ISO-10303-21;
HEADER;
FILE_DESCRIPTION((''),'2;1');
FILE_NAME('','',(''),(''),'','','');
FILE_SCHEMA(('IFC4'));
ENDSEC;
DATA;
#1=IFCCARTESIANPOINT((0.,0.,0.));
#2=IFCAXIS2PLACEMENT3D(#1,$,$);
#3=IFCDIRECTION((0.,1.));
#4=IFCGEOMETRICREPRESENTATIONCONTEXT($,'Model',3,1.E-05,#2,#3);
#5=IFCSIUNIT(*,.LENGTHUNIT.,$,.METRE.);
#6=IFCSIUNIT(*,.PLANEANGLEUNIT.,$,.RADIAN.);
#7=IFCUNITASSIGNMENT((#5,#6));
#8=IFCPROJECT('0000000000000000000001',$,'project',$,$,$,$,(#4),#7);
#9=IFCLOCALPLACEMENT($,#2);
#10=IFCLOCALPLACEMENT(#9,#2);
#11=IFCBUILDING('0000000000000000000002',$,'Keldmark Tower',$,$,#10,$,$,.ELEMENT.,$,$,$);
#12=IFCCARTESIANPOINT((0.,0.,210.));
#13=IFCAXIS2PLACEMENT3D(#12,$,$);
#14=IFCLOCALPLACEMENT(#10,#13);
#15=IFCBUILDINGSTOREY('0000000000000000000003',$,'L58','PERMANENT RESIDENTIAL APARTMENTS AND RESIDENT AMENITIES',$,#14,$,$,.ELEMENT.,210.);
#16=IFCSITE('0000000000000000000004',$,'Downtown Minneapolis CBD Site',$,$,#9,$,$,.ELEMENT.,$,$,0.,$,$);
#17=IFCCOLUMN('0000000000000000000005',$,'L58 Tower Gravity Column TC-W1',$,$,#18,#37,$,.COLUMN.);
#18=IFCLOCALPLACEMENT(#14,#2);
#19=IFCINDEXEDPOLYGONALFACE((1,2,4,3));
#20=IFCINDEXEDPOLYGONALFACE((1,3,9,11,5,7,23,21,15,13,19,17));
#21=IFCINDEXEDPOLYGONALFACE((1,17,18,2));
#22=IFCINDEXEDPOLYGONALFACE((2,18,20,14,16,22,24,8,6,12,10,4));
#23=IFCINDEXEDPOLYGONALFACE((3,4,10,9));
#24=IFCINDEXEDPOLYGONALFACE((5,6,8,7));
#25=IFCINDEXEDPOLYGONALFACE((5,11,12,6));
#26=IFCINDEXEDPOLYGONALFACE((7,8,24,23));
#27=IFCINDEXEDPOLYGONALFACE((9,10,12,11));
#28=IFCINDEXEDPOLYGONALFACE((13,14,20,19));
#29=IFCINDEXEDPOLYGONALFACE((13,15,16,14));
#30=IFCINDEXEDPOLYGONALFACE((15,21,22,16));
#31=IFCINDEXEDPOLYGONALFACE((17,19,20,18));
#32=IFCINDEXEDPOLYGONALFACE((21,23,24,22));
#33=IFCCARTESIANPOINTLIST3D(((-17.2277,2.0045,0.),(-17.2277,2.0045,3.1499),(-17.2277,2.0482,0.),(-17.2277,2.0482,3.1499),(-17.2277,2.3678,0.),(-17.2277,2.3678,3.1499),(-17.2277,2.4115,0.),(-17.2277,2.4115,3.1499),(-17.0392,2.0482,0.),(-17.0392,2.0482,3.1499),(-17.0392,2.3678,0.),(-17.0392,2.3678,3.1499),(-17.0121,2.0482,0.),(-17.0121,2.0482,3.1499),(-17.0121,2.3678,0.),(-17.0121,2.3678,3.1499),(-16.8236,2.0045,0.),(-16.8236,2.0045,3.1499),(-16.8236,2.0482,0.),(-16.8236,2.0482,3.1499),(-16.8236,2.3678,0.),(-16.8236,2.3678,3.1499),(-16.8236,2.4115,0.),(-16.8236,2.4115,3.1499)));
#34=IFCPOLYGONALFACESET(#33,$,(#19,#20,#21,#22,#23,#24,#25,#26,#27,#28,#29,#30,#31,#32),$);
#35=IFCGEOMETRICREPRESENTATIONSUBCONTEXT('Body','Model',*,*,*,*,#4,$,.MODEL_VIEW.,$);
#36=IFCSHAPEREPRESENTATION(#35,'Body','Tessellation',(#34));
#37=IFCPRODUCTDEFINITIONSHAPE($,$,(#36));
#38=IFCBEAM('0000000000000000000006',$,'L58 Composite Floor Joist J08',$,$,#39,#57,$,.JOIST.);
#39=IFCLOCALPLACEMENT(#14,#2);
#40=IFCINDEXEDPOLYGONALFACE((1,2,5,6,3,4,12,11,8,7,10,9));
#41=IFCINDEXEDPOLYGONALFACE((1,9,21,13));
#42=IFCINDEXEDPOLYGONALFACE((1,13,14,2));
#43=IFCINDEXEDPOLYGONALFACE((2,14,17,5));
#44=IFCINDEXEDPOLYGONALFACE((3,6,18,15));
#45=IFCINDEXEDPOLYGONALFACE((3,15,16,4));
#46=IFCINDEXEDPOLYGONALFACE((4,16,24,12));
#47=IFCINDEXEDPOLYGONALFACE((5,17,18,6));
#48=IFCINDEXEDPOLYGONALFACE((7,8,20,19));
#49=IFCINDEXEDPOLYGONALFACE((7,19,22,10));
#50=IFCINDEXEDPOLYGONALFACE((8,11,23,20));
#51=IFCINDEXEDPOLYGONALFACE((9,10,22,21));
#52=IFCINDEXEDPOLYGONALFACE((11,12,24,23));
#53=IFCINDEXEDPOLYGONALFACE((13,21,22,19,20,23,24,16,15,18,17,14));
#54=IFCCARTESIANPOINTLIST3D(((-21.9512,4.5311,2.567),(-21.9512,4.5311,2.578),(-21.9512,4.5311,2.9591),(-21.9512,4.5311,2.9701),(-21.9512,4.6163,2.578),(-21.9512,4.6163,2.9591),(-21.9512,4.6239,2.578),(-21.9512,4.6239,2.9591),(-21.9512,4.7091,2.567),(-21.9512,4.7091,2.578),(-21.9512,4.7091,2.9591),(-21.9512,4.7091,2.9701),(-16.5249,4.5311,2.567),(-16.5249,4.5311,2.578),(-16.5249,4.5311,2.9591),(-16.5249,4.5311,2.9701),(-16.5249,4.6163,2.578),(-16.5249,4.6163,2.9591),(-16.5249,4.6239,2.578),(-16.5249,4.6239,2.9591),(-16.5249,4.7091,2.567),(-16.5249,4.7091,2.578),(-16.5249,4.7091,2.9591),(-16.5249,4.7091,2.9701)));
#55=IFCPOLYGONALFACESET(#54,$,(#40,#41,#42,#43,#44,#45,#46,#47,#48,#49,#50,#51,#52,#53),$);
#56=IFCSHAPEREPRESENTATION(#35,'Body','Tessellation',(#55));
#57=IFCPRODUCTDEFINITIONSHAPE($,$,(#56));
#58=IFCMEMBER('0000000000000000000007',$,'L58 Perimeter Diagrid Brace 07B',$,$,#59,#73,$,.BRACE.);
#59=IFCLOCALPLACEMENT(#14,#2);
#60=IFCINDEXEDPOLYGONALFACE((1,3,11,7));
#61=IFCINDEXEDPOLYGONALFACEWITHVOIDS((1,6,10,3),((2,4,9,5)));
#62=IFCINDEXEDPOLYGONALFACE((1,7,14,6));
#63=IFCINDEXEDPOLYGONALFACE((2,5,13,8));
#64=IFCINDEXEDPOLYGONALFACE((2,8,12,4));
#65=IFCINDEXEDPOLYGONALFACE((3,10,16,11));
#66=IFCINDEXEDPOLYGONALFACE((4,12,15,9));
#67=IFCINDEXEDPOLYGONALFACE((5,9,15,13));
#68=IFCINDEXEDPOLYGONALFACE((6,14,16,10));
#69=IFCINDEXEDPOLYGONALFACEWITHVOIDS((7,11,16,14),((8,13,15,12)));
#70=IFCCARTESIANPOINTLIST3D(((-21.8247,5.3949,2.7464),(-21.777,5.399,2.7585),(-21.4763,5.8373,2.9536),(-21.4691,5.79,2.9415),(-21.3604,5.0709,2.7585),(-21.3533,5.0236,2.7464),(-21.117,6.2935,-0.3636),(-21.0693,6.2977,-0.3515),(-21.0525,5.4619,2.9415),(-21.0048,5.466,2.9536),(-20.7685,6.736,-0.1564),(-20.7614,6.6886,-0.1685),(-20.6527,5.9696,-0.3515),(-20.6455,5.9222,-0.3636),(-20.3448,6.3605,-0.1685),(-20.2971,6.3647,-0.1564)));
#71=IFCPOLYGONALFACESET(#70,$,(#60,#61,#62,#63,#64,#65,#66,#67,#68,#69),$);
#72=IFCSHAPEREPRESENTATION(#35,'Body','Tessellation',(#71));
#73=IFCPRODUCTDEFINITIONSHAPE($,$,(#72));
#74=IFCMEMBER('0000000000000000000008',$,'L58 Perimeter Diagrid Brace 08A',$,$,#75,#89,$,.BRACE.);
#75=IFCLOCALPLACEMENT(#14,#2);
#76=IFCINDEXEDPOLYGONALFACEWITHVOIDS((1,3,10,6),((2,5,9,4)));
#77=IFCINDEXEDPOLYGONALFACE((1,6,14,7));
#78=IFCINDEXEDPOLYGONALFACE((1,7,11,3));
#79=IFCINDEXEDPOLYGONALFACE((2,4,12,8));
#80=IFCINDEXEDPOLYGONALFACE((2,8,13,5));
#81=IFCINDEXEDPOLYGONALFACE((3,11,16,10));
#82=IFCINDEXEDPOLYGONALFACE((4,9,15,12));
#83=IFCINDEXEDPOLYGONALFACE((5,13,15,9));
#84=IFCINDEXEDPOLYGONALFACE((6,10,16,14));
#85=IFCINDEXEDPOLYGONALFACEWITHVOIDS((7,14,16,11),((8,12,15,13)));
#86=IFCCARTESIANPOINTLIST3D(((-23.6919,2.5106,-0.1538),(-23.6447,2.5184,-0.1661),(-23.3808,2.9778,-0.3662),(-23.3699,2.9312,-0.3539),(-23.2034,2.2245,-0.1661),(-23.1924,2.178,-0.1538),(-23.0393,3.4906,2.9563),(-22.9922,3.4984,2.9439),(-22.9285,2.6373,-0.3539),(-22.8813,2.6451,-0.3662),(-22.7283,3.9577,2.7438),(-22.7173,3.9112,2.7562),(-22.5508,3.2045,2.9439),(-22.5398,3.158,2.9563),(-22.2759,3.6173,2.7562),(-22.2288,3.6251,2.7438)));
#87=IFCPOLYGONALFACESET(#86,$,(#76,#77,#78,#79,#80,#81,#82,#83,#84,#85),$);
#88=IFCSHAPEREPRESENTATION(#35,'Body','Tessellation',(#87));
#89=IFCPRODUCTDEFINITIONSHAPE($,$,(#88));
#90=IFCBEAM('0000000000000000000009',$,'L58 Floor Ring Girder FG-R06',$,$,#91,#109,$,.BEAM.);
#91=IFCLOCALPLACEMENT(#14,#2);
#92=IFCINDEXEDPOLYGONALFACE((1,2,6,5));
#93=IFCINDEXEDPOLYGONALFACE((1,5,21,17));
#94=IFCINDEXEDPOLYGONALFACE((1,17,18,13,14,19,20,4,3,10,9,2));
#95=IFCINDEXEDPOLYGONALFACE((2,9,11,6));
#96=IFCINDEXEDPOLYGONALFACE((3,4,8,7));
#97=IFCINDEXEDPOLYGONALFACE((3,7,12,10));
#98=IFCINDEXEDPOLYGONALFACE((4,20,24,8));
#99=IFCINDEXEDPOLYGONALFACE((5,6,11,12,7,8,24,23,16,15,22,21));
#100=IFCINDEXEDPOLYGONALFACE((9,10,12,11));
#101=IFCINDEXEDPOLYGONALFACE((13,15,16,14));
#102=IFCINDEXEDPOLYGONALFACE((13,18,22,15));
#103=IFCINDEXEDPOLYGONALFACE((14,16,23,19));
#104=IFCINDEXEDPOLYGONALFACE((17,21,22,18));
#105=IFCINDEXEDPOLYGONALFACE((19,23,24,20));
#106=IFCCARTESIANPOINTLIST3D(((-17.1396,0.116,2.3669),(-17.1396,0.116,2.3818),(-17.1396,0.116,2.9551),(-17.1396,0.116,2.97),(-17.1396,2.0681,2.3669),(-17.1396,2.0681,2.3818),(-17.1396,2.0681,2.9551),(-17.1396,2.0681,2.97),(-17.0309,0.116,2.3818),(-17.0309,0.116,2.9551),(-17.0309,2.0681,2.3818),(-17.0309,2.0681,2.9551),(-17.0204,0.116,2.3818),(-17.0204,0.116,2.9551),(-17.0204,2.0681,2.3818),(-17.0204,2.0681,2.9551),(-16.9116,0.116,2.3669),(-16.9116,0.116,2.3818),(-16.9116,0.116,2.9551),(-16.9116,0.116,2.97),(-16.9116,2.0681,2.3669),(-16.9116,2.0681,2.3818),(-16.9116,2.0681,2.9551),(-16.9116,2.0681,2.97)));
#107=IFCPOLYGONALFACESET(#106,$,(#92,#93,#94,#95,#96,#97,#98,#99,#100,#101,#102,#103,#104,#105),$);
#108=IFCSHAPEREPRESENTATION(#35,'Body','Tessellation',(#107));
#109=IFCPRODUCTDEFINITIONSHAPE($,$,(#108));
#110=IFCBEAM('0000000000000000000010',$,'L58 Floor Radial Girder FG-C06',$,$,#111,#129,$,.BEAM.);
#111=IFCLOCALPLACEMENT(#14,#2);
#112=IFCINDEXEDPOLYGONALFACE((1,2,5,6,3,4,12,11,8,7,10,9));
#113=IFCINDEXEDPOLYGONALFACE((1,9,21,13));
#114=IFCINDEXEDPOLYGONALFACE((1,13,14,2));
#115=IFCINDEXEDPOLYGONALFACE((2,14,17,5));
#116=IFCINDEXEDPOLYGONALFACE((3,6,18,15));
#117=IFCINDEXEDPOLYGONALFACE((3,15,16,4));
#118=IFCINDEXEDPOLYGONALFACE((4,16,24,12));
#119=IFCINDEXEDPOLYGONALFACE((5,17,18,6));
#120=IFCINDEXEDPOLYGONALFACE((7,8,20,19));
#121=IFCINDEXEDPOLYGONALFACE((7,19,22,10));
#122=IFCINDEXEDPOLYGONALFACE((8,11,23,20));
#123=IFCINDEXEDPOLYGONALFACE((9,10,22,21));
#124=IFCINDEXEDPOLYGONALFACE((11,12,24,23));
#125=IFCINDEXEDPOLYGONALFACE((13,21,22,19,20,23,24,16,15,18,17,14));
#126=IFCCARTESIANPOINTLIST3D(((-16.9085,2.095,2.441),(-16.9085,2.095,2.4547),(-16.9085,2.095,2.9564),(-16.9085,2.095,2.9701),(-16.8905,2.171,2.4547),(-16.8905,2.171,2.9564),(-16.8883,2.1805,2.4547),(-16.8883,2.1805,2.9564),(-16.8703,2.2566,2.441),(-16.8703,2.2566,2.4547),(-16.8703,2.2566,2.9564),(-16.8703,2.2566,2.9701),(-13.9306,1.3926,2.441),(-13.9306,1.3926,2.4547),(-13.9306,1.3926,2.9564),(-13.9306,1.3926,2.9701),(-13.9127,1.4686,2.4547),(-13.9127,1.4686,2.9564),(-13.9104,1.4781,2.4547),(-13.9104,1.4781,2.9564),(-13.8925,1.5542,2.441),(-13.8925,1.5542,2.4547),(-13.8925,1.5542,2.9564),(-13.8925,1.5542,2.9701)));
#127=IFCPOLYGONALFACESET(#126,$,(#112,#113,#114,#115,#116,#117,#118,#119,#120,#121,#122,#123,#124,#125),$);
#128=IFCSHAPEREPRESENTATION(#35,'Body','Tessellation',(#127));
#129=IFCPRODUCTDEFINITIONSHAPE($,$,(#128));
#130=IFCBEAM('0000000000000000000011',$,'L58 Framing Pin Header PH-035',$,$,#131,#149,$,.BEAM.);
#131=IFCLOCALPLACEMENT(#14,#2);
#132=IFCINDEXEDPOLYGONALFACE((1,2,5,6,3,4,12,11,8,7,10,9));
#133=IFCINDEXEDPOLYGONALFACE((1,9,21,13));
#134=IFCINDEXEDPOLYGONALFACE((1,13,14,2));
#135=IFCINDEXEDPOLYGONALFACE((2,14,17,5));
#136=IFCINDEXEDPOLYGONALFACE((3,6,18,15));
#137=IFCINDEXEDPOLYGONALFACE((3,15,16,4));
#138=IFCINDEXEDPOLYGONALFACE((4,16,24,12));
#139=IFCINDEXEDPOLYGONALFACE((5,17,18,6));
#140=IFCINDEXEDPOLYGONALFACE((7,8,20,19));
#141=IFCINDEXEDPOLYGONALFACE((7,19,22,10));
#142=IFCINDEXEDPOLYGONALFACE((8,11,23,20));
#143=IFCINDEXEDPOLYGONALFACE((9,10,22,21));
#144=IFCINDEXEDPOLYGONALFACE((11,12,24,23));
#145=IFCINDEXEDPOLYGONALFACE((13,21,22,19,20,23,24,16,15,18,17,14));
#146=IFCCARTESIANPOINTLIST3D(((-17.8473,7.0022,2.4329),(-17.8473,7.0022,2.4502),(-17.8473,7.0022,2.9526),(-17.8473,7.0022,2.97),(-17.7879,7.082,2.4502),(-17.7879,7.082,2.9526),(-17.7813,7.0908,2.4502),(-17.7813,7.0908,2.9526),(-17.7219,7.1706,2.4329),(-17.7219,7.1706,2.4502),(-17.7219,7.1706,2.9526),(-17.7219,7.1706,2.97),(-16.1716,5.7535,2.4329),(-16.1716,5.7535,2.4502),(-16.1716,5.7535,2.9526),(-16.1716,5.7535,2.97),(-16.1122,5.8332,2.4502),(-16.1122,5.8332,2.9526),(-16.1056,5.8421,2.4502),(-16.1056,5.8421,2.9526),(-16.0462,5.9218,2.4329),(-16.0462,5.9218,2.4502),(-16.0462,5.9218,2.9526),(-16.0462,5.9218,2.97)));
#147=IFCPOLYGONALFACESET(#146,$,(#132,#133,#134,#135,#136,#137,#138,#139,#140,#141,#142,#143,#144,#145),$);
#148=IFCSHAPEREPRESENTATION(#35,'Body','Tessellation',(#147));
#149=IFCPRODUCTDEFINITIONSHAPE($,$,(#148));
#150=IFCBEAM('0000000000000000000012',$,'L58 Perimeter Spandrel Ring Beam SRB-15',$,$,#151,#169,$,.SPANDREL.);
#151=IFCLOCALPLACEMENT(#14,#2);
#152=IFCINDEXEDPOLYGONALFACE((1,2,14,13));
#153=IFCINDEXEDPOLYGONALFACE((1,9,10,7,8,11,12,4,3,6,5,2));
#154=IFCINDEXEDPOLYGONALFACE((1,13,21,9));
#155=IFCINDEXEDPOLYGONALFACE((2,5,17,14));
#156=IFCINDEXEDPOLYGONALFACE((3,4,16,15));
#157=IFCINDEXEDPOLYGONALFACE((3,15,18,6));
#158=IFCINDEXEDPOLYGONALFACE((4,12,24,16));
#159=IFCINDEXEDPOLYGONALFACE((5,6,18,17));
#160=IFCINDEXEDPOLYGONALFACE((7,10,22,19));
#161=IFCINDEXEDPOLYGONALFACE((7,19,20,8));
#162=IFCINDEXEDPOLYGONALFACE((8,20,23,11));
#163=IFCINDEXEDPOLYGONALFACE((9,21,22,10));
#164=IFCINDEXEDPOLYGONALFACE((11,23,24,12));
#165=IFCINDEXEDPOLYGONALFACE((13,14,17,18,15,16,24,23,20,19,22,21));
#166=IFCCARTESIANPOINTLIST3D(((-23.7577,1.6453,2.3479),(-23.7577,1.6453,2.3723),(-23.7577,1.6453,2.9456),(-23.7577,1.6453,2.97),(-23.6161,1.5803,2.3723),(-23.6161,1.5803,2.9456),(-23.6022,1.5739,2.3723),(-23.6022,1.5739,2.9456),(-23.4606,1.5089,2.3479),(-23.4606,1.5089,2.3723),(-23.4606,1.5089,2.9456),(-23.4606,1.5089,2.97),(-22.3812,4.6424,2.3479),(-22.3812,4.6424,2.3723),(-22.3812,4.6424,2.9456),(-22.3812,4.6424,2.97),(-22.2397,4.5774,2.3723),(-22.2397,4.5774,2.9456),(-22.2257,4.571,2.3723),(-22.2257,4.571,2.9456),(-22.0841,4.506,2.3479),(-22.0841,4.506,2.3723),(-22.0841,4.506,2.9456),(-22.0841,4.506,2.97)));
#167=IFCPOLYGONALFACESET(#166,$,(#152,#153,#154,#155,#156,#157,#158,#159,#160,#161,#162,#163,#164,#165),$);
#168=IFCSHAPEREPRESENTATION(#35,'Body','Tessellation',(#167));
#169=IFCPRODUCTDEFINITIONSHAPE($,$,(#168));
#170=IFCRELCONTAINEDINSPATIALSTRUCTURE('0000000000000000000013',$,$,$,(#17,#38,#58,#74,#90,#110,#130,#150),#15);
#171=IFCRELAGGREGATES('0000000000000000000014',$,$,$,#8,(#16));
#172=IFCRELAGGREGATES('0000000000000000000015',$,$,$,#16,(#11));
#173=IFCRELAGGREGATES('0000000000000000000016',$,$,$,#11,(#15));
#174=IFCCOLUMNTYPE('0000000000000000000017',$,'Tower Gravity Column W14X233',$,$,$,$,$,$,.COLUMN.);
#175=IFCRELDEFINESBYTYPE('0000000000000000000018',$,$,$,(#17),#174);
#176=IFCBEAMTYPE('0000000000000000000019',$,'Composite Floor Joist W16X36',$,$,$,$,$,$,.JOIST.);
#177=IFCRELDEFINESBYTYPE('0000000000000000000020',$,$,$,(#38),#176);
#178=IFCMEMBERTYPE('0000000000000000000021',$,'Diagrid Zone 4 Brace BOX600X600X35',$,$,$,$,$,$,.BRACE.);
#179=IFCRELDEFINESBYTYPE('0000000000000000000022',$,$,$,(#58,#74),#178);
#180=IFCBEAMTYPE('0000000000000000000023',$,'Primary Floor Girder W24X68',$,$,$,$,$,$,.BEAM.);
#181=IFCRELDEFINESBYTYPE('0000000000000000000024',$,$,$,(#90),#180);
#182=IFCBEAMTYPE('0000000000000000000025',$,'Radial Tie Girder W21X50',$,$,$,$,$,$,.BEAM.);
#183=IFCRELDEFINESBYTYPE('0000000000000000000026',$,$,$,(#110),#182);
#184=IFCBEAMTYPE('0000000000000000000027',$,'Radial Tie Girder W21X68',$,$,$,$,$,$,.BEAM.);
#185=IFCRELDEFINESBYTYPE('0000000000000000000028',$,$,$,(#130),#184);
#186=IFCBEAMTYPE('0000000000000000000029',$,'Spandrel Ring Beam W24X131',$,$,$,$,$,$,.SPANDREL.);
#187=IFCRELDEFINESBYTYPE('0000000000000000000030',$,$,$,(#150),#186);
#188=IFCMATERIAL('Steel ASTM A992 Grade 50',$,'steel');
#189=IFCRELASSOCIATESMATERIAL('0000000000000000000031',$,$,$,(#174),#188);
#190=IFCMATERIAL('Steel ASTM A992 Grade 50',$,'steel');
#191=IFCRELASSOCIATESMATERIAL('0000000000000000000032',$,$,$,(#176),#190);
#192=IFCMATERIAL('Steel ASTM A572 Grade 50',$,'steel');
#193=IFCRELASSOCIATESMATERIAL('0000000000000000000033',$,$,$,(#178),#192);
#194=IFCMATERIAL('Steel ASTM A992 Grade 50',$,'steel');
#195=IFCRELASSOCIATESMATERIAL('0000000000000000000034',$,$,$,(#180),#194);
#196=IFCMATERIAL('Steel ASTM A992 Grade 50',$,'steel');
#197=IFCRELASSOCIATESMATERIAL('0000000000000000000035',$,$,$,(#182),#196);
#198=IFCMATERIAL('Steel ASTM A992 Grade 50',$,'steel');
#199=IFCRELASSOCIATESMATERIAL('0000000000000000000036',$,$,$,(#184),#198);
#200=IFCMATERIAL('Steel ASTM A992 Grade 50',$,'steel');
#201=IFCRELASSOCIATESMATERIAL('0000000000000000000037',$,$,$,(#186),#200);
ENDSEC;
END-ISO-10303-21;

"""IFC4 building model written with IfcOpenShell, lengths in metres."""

from ifc_helpers import new_model, si_unit, direction, frame, origin, origin_2d, place, context, subcontext, project, spatial, hollow_rectangle, i_section, extrude, material, material_profile, profile_set, type_object, element, save


model = new_model("IFC4")

# Units and contexts
model_context = context("Model", 3, precision=1e-05, world=origin(), true_north=direction((0.0, 1.0)))
body_context = subcontext(model_context, "Body", "Model", "MODEL_VIEW")
ifc_project = project(units=[si_unit("LENGTHUNIT", "METRE"), si_unit("PLANEANGLEUNIT", "RADIAN")], contexts=[model_context])

# Site, building, storey
site_placement = place(None, origin())
site = spatial("IfcSite", under=ifc_project, at=site_placement, Name="Downtown Minneapolis CBD Site", CompositionType="ELEMENT", RefElevation=0.0)
building_placement = place(site_placement, origin())
building = spatial("IfcBuilding", under=site, at=building_placement, Name="Keldmark Tower", CompositionType="ELEMENT")
storey_placement = place(building_placement, frame((0.0, 0.0, 210.0)))
storey = spatial("IfcBuildingStorey", under=building, at=storey_placement, Name="L58", Description="PERMANENT RESIDENTIAL APARTMENTS AND RESIDENT AMENITIES", CompositionType="ELEMENT", Elevation=210.0)

# Column
ifc_material_1 = material(Name="Steel ASTM A992 Grade 50", Category="steel")
ifc_material_profile_1 = material_profile(ifc_material_1, i_section(OverallWidth=0.4041, OverallDepth=0.407, WebThickness=0.0271, FlangeThickness=0.0437, at=origin_2d()), Name="W14X233")
ifc_profile_set_1 = profile_set([ifc_material_profile_1], Name="Steel ASTM A992 Grade 50")
column_type = type_object("IfcColumnType", Name="Tower Gravity Column W14X233", PredefinedType="COLUMN", material=ifc_profile_set_1)
column_placement = place(storey_placement, frame((-17.0256, 2.208, 0.0), z_axis=(0.0, 0.0, 1.0), x_axis=(1.0, 0.0, 0.0)))
element("IfcColumn", 1, at=column_placement, inside=storey, type_object=column_type, Name="L58 Tower Gravity Column TC-W1", PredefinedType="COLUMN", context=body_context, shape_type="SweptSolid", body=[
    extrude(i_section(OverallWidth=0.4041, OverallDepth=0.407, WebThickness=0.0271, FlangeThickness=0.0437, at=origin_2d()), origin(), (0.0, 0.0, 1.0), 3.1499),
])

# Beam
ifc_material_2 = material(Name="Steel ASTM A992 Grade 50", Category="steel")
ifc_material_profile_2 = material_profile(ifc_material_2, i_section(OverallWidth=0.178, OverallDepth=0.4031, WebThickness=0.0076, FlangeThickness=0.011, at=origin_2d()), Name="W16X36")
ifc_profile_set_2 = profile_set([ifc_material_profile_2], Name="Steel ASTM A992 Grade 50")
beam_type_1 = type_object("IfcBeamType", Name="Composite Floor Joist W16X36", PredefinedType="JOIST", material=ifc_profile_set_2)
beam_1_placement = place(storey_placement, frame((-21.9512, 4.6201, 2.7686), z_axis=(1.0, 0.0, 0.0), x_axis=(0.0, 1.0, 0.0)))
element("IfcBeam", 2, at=beam_1_placement, inside=storey, type_object=beam_type_1, Name="L58 Composite Floor Joist J08", PredefinedType="JOIST", context=body_context, shape_type="SweptSolid", body=[
    extrude(i_section(OverallWidth=0.178, OverallDepth=0.4031, WebThickness=0.0076, FlangeThickness=0.011, at=origin_2d()), origin(), (0.0, 0.0, 1.0), 5.4263),
])

# Members
ifc_material_3 = material(Name="Steel ASTM A572 Grade 50", Category="steel")
ifc_material_profile_3 = material_profile(ifc_material_3, hollow_rectangle(XDim=0.6001, YDim=0.6001, WallThickness=0.0349, at=origin_2d()), Name="BOX600X600X35")
ifc_profile_set_3 = profile_set([ifc_material_profile_3], Name="Steel ASTM A572 Grade 50")
member_type = type_object("IfcMemberType", Name="Diagrid Zone 4 Brace BOX600X600X35", PredefinedType="BRACE", material=ifc_profile_set_3)
member_1_placement = place(storey_placement, frame((-20.707, 6.3291, -0.26), z_axis=(-0.21358, -0.271193, 0.93853), x_axis=(0.785614, -0.618717, 0.0)))
element("IfcMember", 3, at=member_1_placement, inside=storey, type_object=member_type, Name="L58 Perimeter Diagrid Brace 07B", PredefinedType="BRACE", context=body_context, shape_type="SweptSolid", body=[
    extrude(hollow_rectangle(XDim=0.6001, YDim=0.6001, WallThickness=0.0349, at=origin_2d()), origin(), (0.0, 0.0, 1.0), 3.3137),
])
member_2_placement = place(storey_placement, frame((-23.2866, 2.5779, -0.26), z_axis=(0.196237, 0.294686, 0.935228), x_axis=(-0.832337, 0.554269, 0.0)))
element("IfcMember", 4, at=member_2_placement, inside=storey, type_object=member_type, Name="L58 Perimeter Diagrid Brace 08A", PredefinedType="BRACE", context=body_context, shape_type="SweptSolid", body=[
    extrude(hollow_rectangle(XDim=0.6001, YDim=0.6001, WallThickness=0.0349, at=origin_2d()), origin(), (0.0, 0.0, 1.0), 3.3254),
])

# Beams
ifc_material_4 = material(Name="Steel ASTM A992 Grade 50", Category="steel")
ifc_material_profile_4 = material_profile(ifc_material_4, i_section(OverallWidth=0.228, OverallDepth=0.603, WebThickness=0.0105, FlangeThickness=0.0149, at=origin_2d()), Name="W24X68")
ifc_profile_set_4 = profile_set([ifc_material_profile_4], Name="Steel ASTM A992 Grade 50")
beam_type_2 = type_object("IfcBeamType", Name="Primary Floor Girder W24X68", PredefinedType="BEAM", material=ifc_profile_set_4)
beam_2_placement = place(storey_placement, frame((-17.0256, 2.0681, 2.6685), z_axis=(0.0, -1.0, 0.0), x_axis=(1.0, 0.0, 0.0)))
element("IfcBeam", 5, at=beam_2_placement, inside=storey, type_object=beam_type_2, Name="L58 Floor Ring Girder FG-R06", PredefinedType="BEAM", context=body_context, shape_type="SweptSolid", body=[
    extrude(i_section(OverallWidth=0.228, OverallDepth=0.603, WebThickness=0.0105, FlangeThickness=0.0149, at=origin_2d()), origin(), (0.0, 0.0, 1.0), 1.9521),
])
ifc_material_5 = material(Name="Steel ASTM A992 Grade 50", Category="steel")
ifc_material_profile_5 = material_profile(ifc_material_5, i_section(OverallWidth=0.166, OverallDepth=0.5291, WebThickness=0.0098, FlangeThickness=0.0137, at=origin_2d()), Name="W21X50")
ifc_profile_set_5 = profile_set([ifc_material_profile_5], Name="Steel ASTM A992 Grade 50")
beam_type_3 = type_object("IfcBeamType", Name="Radial Tie Girder W21X50", PredefinedType="BEAM", material=ifc_profile_set_5)
beam_3_placement = place(storey_placement, frame((-16.8894, 2.1758, 2.7056), z_axis=(0.97329, -0.229577, 0.0), x_axis=(0.229577, 0.97329, 0.0)))
element("IfcBeam", 6, at=beam_3_placement, inside=storey, type_object=beam_type_3, Name="L58 Floor Radial Girder FG-C06", PredefinedType="BEAM", context=body_context, shape_type="SweptSolid", body=[
    extrude(i_section(OverallWidth=0.166, OverallDepth=0.5291, WebThickness=0.0098, FlangeThickness=0.0137, at=origin_2d()), origin(), (0.0, 0.0, 1.0), 3.0596),
])
ifc_material_6 = material(Name="Steel ASTM A992 Grade 50", Category="steel")
ifc_material_profile_6 = material_profile(ifc_material_6, i_section(OverallWidth=0.21, OverallDepth=0.5371, WebThickness=0.011, FlangeThickness=0.0173, at=origin_2d()), Name="W21X68")
ifc_profile_set_6 = profile_set([ifc_material_profile_6], Name="Steel ASTM A992 Grade 50")
beam_type_4 = type_object("IfcBeamType", Name="Radial Tie Girder W21X68", PredefinedType="BEAM", material=ifc_profile_set_6)
beam_4_placement = place(storey_placement, frame((-16.1089, 5.8376, 2.7014), z_axis=(-0.801847, 0.59753, 0.0), x_axis=(-0.59753, -0.801847, 0.0)))
element("IfcBeam", 7, at=beam_4_placement, inside=storey, type_object=beam_type_4, Name="L58 Framing Pin Header PH-035", PredefinedType="BEAM", context=body_context, shape_type="SweptSolid", body=[
    extrude(i_section(OverallWidth=0.21, OverallDepth=0.5371, WebThickness=0.011, FlangeThickness=0.0173, at=origin_2d()), origin(), (0.0, 0.0, 1.0), 2.0898),
])
ifc_material_7 = material(Name="Steel ASTM A992 Grade 50", Category="steel")
ifc_material_profile_7 = material_profile(ifc_material_7, i_section(OverallWidth=0.3269, OverallDepth=0.6221, WebThickness=0.0154, FlangeThickness=0.0244, at=origin_2d()), Name="W24X131")
ifc_profile_set_7 = profile_set([ifc_material_profile_7], Name="Steel ASTM A992 Grade 50")
beam_type_5 = type_object("IfcBeamType", Name="Spandrel Ring Beam W24X131", PredefinedType="SPANDREL", material=ifc_profile_set_7)
beam_5_placement = place(storey_placement, frame((-22.2327, 4.5742, 2.6589), z_axis=(-0.417358, -0.908742, 0.0), x_axis=(0.908742, -0.417358, 0.0)))
element("IfcBeam", 8, at=beam_5_placement, inside=storey, type_object=beam_type_5, Name="L58 Perimeter Spandrel Ring Beam SRB-15", PredefinedType="SPANDREL", context=body_context, shape_type="SweptSolid", body=[
    extrude(i_section(OverallWidth=0.3269, OverallDepth=0.6221, WebThickness=0.0154, FlangeThickness=0.0244, at=origin_2d()), origin(), (0.0, 0.0, 1.0), 3.2981),
])

save(model, "model.ifc")
